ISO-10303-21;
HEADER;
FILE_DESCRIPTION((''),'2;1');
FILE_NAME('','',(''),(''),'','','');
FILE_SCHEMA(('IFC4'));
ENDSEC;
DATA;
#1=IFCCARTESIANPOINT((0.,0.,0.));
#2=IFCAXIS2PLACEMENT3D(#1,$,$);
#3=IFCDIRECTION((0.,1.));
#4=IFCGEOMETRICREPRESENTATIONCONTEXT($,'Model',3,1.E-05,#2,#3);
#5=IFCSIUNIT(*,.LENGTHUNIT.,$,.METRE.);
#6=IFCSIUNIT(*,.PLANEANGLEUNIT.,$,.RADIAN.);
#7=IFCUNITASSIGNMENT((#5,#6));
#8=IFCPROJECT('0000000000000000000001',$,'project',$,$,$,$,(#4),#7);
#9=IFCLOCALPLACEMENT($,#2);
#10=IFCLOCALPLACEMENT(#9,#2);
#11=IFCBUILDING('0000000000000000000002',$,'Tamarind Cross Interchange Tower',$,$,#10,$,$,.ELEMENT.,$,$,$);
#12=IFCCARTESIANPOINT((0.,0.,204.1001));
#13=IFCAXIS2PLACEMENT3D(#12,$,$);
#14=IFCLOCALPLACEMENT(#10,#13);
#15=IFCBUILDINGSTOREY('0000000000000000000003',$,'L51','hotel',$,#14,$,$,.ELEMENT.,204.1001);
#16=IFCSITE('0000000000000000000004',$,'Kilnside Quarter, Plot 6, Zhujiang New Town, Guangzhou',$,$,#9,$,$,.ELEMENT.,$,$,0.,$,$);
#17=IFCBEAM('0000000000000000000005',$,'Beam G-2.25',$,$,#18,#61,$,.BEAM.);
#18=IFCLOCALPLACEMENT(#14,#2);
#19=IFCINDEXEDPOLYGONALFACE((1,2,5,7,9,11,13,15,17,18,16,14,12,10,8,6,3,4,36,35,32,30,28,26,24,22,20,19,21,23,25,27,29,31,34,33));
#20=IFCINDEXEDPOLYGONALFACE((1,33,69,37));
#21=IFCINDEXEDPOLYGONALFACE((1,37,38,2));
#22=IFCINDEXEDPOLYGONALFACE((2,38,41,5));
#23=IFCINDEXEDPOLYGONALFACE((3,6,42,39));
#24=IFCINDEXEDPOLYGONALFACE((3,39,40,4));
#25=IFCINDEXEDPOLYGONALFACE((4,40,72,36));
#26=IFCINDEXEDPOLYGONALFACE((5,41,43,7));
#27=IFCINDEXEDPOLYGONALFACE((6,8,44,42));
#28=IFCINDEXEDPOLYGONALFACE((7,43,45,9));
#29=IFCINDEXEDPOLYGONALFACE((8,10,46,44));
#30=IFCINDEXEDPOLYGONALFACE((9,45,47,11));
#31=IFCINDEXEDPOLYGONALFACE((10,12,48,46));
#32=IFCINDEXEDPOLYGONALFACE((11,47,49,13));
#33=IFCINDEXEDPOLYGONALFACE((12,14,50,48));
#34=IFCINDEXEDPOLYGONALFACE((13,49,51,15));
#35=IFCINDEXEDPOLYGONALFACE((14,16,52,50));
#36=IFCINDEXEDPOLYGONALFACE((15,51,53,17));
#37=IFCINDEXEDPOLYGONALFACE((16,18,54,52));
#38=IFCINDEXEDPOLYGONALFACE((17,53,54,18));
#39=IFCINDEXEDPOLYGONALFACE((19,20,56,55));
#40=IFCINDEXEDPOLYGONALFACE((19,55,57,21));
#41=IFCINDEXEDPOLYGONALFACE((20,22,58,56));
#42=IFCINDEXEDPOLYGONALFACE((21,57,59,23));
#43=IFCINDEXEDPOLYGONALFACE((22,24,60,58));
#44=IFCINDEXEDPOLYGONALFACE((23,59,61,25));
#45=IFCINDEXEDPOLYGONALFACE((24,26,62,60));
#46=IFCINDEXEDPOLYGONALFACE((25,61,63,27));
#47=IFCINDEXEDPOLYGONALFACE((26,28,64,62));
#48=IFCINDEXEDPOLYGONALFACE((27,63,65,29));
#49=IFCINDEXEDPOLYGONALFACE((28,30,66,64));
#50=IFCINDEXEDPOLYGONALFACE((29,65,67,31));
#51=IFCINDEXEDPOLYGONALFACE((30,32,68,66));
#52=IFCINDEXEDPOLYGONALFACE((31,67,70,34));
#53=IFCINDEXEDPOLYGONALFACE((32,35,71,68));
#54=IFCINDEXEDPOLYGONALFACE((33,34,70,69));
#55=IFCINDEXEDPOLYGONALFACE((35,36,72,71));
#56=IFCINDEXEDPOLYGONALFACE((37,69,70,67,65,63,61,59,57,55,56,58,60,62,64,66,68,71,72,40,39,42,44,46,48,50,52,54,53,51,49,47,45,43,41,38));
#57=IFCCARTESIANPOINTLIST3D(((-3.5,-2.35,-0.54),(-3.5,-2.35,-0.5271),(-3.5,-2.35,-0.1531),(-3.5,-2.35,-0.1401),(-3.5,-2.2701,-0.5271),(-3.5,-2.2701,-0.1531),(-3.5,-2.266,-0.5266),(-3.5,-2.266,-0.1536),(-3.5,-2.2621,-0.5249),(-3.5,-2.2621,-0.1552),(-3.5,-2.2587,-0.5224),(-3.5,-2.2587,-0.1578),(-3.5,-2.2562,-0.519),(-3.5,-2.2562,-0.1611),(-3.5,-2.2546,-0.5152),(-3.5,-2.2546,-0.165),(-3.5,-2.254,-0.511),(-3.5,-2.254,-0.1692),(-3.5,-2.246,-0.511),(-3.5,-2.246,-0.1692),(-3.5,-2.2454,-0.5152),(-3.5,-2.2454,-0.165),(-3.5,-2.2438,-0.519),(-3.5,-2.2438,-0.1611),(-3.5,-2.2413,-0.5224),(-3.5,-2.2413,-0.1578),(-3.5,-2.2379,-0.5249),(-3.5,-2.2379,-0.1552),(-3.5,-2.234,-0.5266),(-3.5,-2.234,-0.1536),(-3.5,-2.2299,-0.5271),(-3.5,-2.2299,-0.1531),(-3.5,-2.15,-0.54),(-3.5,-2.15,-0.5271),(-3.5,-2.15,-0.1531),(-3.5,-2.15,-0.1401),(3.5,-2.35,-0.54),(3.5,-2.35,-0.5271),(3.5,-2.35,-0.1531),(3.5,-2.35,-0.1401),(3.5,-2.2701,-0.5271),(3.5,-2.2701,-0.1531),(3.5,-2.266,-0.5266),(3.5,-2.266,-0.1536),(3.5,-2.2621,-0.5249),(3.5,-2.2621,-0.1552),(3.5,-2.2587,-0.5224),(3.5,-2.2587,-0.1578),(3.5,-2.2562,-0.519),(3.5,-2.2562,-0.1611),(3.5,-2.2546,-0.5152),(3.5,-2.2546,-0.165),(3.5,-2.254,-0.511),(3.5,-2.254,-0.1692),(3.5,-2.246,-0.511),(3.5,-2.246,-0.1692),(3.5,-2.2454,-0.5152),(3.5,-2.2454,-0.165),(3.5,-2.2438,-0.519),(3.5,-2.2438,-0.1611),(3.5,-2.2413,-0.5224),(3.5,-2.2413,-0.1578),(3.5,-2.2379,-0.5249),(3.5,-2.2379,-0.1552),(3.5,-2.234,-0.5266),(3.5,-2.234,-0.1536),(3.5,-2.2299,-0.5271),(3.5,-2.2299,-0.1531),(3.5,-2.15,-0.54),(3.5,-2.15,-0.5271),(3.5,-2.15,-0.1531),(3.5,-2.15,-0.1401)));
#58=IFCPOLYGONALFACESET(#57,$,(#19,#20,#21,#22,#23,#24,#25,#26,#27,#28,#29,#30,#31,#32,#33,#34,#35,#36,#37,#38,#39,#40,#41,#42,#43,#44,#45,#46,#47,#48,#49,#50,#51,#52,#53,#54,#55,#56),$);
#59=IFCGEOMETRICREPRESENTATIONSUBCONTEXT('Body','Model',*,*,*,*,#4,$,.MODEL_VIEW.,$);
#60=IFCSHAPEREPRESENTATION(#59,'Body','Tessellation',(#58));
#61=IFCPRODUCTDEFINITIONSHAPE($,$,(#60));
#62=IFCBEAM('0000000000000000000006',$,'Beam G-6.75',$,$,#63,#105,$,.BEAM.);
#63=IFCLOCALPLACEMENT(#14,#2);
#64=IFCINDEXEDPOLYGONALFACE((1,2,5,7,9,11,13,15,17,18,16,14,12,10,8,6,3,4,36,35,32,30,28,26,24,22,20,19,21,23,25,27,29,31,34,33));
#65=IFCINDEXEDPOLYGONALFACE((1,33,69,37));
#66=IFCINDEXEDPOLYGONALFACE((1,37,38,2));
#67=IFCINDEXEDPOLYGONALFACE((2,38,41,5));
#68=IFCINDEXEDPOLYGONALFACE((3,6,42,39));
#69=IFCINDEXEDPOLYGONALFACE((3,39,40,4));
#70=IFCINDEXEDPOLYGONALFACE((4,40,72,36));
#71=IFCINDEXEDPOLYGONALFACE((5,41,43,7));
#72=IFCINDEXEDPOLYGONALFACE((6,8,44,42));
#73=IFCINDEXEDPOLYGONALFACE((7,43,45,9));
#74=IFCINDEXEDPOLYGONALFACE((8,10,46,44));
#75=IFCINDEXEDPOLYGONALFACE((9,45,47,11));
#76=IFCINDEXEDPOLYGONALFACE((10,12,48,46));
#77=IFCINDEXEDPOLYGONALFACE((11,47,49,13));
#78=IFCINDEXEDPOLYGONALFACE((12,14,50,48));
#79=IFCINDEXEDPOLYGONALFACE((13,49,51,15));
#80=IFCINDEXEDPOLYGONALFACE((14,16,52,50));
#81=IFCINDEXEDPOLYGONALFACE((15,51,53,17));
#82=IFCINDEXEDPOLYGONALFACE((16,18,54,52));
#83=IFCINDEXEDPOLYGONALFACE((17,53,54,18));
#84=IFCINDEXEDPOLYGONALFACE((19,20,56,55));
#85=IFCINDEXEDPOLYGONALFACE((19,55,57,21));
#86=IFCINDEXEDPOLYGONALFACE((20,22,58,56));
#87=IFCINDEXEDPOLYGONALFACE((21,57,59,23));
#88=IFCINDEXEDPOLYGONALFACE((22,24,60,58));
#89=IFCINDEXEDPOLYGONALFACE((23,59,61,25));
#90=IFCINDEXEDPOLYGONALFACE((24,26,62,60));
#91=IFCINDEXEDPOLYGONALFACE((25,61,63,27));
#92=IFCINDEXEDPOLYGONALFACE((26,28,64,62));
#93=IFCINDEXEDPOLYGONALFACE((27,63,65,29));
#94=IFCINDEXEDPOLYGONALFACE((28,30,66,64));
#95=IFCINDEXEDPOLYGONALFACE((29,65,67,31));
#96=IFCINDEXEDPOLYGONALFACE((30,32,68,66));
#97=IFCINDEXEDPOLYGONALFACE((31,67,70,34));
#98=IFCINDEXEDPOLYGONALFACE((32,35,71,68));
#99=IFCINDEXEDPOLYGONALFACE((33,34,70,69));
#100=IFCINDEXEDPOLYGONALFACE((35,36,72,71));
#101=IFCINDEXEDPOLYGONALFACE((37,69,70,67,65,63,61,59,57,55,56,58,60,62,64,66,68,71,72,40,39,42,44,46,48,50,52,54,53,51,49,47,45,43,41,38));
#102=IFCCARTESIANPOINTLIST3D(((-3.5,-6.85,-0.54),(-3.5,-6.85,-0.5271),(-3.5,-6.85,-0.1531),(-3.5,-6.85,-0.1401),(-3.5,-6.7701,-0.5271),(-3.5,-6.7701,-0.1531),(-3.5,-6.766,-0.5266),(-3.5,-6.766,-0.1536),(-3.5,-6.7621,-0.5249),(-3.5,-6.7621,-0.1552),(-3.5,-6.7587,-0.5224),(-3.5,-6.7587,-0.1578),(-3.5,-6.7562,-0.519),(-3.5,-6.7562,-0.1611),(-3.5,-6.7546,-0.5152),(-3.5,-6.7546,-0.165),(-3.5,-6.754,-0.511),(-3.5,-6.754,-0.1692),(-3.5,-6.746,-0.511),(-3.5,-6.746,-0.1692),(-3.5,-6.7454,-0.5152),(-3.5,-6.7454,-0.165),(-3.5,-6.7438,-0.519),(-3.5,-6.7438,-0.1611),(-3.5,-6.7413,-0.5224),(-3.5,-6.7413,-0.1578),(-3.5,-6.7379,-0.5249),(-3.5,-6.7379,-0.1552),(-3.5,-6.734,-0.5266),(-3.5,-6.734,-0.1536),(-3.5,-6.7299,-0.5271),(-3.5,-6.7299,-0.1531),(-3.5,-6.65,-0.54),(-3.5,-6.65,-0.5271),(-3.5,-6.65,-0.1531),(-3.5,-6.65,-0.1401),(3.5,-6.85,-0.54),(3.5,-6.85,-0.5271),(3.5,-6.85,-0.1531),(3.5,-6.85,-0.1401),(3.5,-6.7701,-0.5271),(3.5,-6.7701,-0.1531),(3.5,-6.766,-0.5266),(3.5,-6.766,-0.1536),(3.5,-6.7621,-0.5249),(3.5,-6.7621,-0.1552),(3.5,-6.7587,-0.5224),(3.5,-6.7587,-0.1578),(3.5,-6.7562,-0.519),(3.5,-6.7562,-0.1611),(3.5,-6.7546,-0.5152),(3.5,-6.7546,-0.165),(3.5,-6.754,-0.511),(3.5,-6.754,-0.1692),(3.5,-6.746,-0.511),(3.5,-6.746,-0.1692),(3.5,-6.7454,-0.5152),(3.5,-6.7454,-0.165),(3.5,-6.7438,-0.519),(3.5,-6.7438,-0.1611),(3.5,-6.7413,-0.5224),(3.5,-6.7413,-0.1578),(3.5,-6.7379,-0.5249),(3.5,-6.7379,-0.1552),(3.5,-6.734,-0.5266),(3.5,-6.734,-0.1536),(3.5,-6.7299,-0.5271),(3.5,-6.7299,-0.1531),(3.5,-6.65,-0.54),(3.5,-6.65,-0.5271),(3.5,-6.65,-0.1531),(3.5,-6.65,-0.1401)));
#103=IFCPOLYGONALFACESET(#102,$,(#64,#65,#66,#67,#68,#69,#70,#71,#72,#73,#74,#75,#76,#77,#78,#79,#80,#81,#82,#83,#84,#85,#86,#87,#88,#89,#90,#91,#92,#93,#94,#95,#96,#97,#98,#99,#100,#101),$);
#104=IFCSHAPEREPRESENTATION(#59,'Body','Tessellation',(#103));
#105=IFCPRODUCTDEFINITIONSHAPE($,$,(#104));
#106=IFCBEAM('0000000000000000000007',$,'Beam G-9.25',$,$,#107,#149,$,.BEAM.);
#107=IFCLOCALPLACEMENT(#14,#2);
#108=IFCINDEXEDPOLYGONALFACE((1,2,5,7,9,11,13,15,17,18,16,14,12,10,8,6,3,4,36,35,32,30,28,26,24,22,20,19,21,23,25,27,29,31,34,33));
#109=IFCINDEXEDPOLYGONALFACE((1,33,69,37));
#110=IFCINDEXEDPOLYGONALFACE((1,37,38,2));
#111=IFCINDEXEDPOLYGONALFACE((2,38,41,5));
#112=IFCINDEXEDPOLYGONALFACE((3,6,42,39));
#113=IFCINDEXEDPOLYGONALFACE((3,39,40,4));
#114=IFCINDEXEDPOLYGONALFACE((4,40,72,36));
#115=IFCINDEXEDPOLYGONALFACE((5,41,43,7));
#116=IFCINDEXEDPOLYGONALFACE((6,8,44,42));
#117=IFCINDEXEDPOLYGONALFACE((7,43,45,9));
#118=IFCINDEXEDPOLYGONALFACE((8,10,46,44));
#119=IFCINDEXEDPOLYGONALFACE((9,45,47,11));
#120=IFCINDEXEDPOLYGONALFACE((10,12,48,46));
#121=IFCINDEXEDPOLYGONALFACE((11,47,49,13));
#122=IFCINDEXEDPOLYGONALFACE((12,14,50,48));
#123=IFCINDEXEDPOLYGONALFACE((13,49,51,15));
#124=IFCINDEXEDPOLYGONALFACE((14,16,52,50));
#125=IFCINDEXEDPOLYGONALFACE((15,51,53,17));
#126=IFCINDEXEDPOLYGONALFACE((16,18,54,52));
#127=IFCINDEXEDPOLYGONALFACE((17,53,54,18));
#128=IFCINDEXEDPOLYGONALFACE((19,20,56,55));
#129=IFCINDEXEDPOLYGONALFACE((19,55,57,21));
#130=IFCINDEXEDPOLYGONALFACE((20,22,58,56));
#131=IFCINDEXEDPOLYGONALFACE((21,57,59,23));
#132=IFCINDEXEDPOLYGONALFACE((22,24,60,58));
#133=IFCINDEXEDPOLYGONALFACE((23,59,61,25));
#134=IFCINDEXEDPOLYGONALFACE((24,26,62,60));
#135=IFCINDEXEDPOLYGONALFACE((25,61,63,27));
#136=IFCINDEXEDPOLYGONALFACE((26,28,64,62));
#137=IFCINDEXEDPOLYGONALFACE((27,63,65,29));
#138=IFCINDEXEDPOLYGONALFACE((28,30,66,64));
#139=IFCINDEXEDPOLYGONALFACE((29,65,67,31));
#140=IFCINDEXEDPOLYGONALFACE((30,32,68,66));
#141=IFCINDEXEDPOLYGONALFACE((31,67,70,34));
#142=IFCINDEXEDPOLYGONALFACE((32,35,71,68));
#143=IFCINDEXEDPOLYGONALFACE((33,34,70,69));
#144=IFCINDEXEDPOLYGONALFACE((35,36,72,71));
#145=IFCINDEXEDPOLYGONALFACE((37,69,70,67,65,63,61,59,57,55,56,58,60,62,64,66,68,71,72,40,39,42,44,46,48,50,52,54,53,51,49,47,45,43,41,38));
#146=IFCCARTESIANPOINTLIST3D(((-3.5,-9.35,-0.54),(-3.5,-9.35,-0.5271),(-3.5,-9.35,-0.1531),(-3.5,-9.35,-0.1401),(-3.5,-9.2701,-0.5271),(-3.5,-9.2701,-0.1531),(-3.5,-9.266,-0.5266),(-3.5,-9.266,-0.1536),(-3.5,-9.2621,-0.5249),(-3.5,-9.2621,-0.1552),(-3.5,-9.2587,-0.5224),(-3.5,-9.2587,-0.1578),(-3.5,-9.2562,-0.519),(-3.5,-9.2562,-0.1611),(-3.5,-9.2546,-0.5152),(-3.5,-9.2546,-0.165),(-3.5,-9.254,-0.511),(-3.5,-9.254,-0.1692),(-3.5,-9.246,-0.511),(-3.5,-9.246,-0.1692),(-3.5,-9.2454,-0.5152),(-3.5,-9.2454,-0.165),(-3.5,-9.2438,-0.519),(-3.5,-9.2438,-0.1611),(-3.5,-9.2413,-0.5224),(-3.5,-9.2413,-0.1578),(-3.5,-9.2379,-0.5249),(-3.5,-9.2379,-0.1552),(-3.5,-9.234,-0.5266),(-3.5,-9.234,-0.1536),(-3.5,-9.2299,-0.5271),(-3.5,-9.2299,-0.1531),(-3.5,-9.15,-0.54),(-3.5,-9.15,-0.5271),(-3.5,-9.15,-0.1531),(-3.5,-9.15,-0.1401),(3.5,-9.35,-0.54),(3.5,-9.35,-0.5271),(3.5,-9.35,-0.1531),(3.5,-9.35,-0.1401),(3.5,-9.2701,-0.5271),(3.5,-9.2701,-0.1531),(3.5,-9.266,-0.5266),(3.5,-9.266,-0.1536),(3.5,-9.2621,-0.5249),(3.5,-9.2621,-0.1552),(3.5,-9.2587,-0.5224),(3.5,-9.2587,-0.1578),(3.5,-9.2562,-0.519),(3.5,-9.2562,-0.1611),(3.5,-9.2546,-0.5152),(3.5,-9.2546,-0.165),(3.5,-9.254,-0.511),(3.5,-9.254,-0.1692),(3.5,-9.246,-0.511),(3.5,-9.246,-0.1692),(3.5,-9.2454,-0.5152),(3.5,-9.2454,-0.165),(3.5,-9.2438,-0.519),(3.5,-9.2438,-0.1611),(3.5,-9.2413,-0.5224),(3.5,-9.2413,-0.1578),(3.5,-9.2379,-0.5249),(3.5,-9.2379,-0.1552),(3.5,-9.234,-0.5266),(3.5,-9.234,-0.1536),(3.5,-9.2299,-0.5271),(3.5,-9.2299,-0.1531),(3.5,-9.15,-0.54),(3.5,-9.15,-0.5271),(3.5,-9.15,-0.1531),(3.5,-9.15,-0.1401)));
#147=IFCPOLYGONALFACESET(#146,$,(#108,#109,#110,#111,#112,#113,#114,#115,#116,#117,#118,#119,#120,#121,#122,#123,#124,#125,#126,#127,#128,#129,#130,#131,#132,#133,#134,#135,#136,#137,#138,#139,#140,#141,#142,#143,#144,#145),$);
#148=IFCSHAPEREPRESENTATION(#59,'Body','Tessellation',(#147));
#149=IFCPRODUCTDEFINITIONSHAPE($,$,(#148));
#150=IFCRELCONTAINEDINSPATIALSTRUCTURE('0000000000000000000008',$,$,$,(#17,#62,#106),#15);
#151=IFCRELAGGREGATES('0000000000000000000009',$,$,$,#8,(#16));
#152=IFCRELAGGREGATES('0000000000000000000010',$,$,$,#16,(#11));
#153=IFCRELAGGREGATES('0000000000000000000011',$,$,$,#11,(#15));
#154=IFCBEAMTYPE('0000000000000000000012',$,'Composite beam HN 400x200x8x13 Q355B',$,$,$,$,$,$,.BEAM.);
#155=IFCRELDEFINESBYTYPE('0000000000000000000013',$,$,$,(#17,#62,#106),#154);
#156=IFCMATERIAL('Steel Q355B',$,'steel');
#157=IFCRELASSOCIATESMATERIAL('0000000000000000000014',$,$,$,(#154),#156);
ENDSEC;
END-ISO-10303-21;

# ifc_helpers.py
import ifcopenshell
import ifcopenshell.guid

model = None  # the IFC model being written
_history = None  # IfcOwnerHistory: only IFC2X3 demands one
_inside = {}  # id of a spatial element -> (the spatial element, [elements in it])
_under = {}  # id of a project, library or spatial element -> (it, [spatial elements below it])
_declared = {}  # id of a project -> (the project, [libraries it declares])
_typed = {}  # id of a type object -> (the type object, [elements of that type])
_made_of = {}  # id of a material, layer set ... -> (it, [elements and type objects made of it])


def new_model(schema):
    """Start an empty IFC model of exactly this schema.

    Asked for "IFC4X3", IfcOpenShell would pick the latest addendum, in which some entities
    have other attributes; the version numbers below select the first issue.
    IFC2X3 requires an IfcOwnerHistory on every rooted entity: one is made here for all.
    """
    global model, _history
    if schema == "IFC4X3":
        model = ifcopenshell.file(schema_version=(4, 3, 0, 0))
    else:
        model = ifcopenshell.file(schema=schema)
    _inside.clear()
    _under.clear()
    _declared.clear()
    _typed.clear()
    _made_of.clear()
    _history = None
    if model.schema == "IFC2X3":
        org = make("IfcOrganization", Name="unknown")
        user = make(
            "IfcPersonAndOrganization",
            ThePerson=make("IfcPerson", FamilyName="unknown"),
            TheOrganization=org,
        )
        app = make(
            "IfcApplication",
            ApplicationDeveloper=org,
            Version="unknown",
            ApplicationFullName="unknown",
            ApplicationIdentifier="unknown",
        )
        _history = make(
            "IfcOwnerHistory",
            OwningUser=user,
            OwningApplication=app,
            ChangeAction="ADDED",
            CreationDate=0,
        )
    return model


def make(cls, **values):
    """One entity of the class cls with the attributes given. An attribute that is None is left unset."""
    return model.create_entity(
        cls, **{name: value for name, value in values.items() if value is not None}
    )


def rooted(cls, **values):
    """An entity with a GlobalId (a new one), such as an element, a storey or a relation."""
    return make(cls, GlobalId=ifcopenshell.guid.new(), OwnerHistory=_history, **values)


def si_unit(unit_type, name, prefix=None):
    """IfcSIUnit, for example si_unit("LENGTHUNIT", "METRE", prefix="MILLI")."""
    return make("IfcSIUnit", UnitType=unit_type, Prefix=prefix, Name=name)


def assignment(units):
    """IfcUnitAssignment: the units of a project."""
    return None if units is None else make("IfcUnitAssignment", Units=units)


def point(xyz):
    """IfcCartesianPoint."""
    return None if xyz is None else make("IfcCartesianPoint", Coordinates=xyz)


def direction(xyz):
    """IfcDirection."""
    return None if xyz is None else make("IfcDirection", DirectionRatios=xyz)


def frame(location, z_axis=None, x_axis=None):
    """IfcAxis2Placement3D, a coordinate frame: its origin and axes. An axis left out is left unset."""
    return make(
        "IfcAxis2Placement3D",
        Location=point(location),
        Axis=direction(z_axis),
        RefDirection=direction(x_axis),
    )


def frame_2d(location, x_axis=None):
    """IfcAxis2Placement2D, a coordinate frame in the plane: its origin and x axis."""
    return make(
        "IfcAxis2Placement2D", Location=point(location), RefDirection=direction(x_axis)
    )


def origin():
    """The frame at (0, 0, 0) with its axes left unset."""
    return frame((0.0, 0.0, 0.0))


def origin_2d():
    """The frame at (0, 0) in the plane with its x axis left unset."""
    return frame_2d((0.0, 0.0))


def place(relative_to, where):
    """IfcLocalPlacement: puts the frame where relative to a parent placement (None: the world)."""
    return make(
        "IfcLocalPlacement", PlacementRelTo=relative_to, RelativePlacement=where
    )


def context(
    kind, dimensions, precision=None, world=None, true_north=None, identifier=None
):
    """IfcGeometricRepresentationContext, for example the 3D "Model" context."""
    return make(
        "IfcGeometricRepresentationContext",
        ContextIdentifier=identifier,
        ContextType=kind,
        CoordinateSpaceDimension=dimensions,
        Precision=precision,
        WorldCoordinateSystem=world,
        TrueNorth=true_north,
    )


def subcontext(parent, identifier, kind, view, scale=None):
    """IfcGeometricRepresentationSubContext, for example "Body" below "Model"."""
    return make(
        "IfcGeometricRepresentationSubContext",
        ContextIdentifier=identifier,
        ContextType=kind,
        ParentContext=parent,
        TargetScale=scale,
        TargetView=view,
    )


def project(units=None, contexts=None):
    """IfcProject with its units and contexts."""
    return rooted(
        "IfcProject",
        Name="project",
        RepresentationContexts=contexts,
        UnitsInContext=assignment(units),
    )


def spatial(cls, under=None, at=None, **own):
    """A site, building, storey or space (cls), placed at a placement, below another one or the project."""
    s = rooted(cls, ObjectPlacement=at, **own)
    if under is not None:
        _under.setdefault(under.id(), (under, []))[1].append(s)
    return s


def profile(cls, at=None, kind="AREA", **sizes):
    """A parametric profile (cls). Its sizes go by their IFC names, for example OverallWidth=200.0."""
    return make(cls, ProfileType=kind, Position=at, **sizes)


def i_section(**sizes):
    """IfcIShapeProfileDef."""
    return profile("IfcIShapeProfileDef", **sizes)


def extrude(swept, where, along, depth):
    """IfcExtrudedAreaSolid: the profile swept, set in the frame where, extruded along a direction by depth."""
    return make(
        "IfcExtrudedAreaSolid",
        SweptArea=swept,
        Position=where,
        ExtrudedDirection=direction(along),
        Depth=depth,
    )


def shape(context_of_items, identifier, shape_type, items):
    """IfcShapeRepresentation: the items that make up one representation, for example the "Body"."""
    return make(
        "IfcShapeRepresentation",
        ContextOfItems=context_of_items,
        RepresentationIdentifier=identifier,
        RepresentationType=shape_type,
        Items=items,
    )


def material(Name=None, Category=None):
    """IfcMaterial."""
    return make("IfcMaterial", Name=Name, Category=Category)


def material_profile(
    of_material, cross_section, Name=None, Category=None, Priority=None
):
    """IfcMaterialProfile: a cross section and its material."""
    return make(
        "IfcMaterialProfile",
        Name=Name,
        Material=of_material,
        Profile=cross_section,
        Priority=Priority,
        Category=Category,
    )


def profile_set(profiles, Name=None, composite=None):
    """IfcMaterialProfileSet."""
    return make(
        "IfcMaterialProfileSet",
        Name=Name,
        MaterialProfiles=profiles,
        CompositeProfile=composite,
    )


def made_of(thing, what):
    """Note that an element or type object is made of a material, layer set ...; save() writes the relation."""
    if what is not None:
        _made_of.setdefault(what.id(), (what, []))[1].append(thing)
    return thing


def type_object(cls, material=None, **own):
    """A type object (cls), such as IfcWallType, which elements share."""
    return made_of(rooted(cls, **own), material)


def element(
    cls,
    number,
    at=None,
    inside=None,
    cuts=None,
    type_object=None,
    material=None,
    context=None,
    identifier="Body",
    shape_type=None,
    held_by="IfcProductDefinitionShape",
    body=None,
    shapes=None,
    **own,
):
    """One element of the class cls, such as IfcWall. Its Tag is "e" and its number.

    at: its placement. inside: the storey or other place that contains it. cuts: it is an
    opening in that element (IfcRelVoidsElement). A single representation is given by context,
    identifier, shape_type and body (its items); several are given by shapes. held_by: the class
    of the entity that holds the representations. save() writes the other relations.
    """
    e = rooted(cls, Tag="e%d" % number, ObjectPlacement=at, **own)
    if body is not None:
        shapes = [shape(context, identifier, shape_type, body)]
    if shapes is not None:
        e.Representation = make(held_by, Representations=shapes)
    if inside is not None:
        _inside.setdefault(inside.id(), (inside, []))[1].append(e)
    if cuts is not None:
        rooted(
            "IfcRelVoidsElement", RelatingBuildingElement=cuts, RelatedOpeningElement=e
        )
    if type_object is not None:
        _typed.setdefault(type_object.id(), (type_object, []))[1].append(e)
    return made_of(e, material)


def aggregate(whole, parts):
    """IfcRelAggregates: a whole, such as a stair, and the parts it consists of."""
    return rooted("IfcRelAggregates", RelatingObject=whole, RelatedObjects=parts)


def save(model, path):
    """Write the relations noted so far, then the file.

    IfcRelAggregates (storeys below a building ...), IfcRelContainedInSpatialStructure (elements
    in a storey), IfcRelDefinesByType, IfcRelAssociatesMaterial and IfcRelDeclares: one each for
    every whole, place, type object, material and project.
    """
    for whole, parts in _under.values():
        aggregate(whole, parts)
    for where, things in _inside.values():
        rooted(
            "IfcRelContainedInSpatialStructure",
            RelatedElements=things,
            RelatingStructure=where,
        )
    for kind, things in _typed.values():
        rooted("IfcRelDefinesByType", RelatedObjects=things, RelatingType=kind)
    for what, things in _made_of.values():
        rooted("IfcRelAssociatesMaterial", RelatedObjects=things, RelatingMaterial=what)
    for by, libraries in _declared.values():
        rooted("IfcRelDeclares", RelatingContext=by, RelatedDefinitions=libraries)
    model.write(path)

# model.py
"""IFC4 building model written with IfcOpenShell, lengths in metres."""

from ifc_helpers import new_model, si_unit, direction, frame, origin, origin_2d, place, context, subcontext, project, spatial, i_section, extrude, material, material_profile, profile_set, type_object, element, save


model = new_model("IFC4")

# Units and contexts
model_context = context("Model", 3, precision=1e-05, world=origin(), true_north=direction((0.0, 1.0)))
body_context = subcontext(model_context, "Body", "Model", "MODEL_VIEW")
ifc_project = project(units=[si_unit("LENGTHUNIT", "METRE"), si_unit("PLANEANGLEUNIT", "RADIAN")], contexts=[model_context])

# Site, building, storey
site_placement = place(None, origin())
site = spatial("IfcSite", under=ifc_project, at=site_placement, Name="Kilnside Quarter, Plot 6, Zhujiang New Town, Guangzhou", CompositionType="ELEMENT", RefElevation=0.0)
building_placement = place(site_placement, origin())
building = spatial("IfcBuilding", under=site, at=building_placement, Name="Tamarind Cross Interchange Tower", CompositionType="ELEMENT")
storey_placement = place(building_placement, frame((0.0, 0.0, 204.1001)))
storey = spatial("IfcBuildingStorey", under=building, at=storey_placement, Name="L51", Description="hotel", CompositionType="ELEMENT", Elevation=204.1001)

# Beams
ifc_material_1 = material(Name="Steel Q355B", Category="steel")
ifc_material_profile = material_profile(ifc_material_1, i_section(OverallWidth=0.2, OverallDepth=0.3999, WebThickness=0.0081, FlangeThickness=0.0129, FilletRadius=0.0161, at=origin_2d()), Name="HN 400x200x8x13")
ifc_profile_set = profile_set([ifc_material_profile], Name="Steel Q355B")
beam_type = type_object("IfcBeamType", Name="Composite beam HN 400x200x8x13 Q355B", PredefinedType="BEAM", material=ifc_profile_set)
for number, where, z_axis, x_axis, name in (
    (1, (-3.5, -2.25, -0.3401), (1.0, 0.0, 0.0), (0.0, 1.0, 0.0), "Beam G-2.25"),
    (2, (-3.5, -6.75, -0.3401), (1.0, 0.0, 0.0), (0.0, 1.0, 0.0), "Beam G-6.75"),
    (3, (-3.5, -9.25, -0.3401), (1.0, 0.0, 0.0), (0.0, 1.0, 0.0), "Beam G-9.25"),
):
    element("IfcBeam", number, at=place(storey_placement, frame(where, z_axis=z_axis, x_axis=x_axis)), inside=storey, type_object=beam_type, Name=name, PredefinedType="BEAM", context=body_context, shape_type="SweptSolid", body=[
        extrude(i_section(OverallWidth=0.2, OverallDepth=0.3999, WebThickness=0.0081, FlangeThickness=0.0129, FilletRadius=0.0161, at=origin_2d()), origin(), (0.0, 0.0, 1.0), 7.0),
    ])

save(model, "model.ifc")
